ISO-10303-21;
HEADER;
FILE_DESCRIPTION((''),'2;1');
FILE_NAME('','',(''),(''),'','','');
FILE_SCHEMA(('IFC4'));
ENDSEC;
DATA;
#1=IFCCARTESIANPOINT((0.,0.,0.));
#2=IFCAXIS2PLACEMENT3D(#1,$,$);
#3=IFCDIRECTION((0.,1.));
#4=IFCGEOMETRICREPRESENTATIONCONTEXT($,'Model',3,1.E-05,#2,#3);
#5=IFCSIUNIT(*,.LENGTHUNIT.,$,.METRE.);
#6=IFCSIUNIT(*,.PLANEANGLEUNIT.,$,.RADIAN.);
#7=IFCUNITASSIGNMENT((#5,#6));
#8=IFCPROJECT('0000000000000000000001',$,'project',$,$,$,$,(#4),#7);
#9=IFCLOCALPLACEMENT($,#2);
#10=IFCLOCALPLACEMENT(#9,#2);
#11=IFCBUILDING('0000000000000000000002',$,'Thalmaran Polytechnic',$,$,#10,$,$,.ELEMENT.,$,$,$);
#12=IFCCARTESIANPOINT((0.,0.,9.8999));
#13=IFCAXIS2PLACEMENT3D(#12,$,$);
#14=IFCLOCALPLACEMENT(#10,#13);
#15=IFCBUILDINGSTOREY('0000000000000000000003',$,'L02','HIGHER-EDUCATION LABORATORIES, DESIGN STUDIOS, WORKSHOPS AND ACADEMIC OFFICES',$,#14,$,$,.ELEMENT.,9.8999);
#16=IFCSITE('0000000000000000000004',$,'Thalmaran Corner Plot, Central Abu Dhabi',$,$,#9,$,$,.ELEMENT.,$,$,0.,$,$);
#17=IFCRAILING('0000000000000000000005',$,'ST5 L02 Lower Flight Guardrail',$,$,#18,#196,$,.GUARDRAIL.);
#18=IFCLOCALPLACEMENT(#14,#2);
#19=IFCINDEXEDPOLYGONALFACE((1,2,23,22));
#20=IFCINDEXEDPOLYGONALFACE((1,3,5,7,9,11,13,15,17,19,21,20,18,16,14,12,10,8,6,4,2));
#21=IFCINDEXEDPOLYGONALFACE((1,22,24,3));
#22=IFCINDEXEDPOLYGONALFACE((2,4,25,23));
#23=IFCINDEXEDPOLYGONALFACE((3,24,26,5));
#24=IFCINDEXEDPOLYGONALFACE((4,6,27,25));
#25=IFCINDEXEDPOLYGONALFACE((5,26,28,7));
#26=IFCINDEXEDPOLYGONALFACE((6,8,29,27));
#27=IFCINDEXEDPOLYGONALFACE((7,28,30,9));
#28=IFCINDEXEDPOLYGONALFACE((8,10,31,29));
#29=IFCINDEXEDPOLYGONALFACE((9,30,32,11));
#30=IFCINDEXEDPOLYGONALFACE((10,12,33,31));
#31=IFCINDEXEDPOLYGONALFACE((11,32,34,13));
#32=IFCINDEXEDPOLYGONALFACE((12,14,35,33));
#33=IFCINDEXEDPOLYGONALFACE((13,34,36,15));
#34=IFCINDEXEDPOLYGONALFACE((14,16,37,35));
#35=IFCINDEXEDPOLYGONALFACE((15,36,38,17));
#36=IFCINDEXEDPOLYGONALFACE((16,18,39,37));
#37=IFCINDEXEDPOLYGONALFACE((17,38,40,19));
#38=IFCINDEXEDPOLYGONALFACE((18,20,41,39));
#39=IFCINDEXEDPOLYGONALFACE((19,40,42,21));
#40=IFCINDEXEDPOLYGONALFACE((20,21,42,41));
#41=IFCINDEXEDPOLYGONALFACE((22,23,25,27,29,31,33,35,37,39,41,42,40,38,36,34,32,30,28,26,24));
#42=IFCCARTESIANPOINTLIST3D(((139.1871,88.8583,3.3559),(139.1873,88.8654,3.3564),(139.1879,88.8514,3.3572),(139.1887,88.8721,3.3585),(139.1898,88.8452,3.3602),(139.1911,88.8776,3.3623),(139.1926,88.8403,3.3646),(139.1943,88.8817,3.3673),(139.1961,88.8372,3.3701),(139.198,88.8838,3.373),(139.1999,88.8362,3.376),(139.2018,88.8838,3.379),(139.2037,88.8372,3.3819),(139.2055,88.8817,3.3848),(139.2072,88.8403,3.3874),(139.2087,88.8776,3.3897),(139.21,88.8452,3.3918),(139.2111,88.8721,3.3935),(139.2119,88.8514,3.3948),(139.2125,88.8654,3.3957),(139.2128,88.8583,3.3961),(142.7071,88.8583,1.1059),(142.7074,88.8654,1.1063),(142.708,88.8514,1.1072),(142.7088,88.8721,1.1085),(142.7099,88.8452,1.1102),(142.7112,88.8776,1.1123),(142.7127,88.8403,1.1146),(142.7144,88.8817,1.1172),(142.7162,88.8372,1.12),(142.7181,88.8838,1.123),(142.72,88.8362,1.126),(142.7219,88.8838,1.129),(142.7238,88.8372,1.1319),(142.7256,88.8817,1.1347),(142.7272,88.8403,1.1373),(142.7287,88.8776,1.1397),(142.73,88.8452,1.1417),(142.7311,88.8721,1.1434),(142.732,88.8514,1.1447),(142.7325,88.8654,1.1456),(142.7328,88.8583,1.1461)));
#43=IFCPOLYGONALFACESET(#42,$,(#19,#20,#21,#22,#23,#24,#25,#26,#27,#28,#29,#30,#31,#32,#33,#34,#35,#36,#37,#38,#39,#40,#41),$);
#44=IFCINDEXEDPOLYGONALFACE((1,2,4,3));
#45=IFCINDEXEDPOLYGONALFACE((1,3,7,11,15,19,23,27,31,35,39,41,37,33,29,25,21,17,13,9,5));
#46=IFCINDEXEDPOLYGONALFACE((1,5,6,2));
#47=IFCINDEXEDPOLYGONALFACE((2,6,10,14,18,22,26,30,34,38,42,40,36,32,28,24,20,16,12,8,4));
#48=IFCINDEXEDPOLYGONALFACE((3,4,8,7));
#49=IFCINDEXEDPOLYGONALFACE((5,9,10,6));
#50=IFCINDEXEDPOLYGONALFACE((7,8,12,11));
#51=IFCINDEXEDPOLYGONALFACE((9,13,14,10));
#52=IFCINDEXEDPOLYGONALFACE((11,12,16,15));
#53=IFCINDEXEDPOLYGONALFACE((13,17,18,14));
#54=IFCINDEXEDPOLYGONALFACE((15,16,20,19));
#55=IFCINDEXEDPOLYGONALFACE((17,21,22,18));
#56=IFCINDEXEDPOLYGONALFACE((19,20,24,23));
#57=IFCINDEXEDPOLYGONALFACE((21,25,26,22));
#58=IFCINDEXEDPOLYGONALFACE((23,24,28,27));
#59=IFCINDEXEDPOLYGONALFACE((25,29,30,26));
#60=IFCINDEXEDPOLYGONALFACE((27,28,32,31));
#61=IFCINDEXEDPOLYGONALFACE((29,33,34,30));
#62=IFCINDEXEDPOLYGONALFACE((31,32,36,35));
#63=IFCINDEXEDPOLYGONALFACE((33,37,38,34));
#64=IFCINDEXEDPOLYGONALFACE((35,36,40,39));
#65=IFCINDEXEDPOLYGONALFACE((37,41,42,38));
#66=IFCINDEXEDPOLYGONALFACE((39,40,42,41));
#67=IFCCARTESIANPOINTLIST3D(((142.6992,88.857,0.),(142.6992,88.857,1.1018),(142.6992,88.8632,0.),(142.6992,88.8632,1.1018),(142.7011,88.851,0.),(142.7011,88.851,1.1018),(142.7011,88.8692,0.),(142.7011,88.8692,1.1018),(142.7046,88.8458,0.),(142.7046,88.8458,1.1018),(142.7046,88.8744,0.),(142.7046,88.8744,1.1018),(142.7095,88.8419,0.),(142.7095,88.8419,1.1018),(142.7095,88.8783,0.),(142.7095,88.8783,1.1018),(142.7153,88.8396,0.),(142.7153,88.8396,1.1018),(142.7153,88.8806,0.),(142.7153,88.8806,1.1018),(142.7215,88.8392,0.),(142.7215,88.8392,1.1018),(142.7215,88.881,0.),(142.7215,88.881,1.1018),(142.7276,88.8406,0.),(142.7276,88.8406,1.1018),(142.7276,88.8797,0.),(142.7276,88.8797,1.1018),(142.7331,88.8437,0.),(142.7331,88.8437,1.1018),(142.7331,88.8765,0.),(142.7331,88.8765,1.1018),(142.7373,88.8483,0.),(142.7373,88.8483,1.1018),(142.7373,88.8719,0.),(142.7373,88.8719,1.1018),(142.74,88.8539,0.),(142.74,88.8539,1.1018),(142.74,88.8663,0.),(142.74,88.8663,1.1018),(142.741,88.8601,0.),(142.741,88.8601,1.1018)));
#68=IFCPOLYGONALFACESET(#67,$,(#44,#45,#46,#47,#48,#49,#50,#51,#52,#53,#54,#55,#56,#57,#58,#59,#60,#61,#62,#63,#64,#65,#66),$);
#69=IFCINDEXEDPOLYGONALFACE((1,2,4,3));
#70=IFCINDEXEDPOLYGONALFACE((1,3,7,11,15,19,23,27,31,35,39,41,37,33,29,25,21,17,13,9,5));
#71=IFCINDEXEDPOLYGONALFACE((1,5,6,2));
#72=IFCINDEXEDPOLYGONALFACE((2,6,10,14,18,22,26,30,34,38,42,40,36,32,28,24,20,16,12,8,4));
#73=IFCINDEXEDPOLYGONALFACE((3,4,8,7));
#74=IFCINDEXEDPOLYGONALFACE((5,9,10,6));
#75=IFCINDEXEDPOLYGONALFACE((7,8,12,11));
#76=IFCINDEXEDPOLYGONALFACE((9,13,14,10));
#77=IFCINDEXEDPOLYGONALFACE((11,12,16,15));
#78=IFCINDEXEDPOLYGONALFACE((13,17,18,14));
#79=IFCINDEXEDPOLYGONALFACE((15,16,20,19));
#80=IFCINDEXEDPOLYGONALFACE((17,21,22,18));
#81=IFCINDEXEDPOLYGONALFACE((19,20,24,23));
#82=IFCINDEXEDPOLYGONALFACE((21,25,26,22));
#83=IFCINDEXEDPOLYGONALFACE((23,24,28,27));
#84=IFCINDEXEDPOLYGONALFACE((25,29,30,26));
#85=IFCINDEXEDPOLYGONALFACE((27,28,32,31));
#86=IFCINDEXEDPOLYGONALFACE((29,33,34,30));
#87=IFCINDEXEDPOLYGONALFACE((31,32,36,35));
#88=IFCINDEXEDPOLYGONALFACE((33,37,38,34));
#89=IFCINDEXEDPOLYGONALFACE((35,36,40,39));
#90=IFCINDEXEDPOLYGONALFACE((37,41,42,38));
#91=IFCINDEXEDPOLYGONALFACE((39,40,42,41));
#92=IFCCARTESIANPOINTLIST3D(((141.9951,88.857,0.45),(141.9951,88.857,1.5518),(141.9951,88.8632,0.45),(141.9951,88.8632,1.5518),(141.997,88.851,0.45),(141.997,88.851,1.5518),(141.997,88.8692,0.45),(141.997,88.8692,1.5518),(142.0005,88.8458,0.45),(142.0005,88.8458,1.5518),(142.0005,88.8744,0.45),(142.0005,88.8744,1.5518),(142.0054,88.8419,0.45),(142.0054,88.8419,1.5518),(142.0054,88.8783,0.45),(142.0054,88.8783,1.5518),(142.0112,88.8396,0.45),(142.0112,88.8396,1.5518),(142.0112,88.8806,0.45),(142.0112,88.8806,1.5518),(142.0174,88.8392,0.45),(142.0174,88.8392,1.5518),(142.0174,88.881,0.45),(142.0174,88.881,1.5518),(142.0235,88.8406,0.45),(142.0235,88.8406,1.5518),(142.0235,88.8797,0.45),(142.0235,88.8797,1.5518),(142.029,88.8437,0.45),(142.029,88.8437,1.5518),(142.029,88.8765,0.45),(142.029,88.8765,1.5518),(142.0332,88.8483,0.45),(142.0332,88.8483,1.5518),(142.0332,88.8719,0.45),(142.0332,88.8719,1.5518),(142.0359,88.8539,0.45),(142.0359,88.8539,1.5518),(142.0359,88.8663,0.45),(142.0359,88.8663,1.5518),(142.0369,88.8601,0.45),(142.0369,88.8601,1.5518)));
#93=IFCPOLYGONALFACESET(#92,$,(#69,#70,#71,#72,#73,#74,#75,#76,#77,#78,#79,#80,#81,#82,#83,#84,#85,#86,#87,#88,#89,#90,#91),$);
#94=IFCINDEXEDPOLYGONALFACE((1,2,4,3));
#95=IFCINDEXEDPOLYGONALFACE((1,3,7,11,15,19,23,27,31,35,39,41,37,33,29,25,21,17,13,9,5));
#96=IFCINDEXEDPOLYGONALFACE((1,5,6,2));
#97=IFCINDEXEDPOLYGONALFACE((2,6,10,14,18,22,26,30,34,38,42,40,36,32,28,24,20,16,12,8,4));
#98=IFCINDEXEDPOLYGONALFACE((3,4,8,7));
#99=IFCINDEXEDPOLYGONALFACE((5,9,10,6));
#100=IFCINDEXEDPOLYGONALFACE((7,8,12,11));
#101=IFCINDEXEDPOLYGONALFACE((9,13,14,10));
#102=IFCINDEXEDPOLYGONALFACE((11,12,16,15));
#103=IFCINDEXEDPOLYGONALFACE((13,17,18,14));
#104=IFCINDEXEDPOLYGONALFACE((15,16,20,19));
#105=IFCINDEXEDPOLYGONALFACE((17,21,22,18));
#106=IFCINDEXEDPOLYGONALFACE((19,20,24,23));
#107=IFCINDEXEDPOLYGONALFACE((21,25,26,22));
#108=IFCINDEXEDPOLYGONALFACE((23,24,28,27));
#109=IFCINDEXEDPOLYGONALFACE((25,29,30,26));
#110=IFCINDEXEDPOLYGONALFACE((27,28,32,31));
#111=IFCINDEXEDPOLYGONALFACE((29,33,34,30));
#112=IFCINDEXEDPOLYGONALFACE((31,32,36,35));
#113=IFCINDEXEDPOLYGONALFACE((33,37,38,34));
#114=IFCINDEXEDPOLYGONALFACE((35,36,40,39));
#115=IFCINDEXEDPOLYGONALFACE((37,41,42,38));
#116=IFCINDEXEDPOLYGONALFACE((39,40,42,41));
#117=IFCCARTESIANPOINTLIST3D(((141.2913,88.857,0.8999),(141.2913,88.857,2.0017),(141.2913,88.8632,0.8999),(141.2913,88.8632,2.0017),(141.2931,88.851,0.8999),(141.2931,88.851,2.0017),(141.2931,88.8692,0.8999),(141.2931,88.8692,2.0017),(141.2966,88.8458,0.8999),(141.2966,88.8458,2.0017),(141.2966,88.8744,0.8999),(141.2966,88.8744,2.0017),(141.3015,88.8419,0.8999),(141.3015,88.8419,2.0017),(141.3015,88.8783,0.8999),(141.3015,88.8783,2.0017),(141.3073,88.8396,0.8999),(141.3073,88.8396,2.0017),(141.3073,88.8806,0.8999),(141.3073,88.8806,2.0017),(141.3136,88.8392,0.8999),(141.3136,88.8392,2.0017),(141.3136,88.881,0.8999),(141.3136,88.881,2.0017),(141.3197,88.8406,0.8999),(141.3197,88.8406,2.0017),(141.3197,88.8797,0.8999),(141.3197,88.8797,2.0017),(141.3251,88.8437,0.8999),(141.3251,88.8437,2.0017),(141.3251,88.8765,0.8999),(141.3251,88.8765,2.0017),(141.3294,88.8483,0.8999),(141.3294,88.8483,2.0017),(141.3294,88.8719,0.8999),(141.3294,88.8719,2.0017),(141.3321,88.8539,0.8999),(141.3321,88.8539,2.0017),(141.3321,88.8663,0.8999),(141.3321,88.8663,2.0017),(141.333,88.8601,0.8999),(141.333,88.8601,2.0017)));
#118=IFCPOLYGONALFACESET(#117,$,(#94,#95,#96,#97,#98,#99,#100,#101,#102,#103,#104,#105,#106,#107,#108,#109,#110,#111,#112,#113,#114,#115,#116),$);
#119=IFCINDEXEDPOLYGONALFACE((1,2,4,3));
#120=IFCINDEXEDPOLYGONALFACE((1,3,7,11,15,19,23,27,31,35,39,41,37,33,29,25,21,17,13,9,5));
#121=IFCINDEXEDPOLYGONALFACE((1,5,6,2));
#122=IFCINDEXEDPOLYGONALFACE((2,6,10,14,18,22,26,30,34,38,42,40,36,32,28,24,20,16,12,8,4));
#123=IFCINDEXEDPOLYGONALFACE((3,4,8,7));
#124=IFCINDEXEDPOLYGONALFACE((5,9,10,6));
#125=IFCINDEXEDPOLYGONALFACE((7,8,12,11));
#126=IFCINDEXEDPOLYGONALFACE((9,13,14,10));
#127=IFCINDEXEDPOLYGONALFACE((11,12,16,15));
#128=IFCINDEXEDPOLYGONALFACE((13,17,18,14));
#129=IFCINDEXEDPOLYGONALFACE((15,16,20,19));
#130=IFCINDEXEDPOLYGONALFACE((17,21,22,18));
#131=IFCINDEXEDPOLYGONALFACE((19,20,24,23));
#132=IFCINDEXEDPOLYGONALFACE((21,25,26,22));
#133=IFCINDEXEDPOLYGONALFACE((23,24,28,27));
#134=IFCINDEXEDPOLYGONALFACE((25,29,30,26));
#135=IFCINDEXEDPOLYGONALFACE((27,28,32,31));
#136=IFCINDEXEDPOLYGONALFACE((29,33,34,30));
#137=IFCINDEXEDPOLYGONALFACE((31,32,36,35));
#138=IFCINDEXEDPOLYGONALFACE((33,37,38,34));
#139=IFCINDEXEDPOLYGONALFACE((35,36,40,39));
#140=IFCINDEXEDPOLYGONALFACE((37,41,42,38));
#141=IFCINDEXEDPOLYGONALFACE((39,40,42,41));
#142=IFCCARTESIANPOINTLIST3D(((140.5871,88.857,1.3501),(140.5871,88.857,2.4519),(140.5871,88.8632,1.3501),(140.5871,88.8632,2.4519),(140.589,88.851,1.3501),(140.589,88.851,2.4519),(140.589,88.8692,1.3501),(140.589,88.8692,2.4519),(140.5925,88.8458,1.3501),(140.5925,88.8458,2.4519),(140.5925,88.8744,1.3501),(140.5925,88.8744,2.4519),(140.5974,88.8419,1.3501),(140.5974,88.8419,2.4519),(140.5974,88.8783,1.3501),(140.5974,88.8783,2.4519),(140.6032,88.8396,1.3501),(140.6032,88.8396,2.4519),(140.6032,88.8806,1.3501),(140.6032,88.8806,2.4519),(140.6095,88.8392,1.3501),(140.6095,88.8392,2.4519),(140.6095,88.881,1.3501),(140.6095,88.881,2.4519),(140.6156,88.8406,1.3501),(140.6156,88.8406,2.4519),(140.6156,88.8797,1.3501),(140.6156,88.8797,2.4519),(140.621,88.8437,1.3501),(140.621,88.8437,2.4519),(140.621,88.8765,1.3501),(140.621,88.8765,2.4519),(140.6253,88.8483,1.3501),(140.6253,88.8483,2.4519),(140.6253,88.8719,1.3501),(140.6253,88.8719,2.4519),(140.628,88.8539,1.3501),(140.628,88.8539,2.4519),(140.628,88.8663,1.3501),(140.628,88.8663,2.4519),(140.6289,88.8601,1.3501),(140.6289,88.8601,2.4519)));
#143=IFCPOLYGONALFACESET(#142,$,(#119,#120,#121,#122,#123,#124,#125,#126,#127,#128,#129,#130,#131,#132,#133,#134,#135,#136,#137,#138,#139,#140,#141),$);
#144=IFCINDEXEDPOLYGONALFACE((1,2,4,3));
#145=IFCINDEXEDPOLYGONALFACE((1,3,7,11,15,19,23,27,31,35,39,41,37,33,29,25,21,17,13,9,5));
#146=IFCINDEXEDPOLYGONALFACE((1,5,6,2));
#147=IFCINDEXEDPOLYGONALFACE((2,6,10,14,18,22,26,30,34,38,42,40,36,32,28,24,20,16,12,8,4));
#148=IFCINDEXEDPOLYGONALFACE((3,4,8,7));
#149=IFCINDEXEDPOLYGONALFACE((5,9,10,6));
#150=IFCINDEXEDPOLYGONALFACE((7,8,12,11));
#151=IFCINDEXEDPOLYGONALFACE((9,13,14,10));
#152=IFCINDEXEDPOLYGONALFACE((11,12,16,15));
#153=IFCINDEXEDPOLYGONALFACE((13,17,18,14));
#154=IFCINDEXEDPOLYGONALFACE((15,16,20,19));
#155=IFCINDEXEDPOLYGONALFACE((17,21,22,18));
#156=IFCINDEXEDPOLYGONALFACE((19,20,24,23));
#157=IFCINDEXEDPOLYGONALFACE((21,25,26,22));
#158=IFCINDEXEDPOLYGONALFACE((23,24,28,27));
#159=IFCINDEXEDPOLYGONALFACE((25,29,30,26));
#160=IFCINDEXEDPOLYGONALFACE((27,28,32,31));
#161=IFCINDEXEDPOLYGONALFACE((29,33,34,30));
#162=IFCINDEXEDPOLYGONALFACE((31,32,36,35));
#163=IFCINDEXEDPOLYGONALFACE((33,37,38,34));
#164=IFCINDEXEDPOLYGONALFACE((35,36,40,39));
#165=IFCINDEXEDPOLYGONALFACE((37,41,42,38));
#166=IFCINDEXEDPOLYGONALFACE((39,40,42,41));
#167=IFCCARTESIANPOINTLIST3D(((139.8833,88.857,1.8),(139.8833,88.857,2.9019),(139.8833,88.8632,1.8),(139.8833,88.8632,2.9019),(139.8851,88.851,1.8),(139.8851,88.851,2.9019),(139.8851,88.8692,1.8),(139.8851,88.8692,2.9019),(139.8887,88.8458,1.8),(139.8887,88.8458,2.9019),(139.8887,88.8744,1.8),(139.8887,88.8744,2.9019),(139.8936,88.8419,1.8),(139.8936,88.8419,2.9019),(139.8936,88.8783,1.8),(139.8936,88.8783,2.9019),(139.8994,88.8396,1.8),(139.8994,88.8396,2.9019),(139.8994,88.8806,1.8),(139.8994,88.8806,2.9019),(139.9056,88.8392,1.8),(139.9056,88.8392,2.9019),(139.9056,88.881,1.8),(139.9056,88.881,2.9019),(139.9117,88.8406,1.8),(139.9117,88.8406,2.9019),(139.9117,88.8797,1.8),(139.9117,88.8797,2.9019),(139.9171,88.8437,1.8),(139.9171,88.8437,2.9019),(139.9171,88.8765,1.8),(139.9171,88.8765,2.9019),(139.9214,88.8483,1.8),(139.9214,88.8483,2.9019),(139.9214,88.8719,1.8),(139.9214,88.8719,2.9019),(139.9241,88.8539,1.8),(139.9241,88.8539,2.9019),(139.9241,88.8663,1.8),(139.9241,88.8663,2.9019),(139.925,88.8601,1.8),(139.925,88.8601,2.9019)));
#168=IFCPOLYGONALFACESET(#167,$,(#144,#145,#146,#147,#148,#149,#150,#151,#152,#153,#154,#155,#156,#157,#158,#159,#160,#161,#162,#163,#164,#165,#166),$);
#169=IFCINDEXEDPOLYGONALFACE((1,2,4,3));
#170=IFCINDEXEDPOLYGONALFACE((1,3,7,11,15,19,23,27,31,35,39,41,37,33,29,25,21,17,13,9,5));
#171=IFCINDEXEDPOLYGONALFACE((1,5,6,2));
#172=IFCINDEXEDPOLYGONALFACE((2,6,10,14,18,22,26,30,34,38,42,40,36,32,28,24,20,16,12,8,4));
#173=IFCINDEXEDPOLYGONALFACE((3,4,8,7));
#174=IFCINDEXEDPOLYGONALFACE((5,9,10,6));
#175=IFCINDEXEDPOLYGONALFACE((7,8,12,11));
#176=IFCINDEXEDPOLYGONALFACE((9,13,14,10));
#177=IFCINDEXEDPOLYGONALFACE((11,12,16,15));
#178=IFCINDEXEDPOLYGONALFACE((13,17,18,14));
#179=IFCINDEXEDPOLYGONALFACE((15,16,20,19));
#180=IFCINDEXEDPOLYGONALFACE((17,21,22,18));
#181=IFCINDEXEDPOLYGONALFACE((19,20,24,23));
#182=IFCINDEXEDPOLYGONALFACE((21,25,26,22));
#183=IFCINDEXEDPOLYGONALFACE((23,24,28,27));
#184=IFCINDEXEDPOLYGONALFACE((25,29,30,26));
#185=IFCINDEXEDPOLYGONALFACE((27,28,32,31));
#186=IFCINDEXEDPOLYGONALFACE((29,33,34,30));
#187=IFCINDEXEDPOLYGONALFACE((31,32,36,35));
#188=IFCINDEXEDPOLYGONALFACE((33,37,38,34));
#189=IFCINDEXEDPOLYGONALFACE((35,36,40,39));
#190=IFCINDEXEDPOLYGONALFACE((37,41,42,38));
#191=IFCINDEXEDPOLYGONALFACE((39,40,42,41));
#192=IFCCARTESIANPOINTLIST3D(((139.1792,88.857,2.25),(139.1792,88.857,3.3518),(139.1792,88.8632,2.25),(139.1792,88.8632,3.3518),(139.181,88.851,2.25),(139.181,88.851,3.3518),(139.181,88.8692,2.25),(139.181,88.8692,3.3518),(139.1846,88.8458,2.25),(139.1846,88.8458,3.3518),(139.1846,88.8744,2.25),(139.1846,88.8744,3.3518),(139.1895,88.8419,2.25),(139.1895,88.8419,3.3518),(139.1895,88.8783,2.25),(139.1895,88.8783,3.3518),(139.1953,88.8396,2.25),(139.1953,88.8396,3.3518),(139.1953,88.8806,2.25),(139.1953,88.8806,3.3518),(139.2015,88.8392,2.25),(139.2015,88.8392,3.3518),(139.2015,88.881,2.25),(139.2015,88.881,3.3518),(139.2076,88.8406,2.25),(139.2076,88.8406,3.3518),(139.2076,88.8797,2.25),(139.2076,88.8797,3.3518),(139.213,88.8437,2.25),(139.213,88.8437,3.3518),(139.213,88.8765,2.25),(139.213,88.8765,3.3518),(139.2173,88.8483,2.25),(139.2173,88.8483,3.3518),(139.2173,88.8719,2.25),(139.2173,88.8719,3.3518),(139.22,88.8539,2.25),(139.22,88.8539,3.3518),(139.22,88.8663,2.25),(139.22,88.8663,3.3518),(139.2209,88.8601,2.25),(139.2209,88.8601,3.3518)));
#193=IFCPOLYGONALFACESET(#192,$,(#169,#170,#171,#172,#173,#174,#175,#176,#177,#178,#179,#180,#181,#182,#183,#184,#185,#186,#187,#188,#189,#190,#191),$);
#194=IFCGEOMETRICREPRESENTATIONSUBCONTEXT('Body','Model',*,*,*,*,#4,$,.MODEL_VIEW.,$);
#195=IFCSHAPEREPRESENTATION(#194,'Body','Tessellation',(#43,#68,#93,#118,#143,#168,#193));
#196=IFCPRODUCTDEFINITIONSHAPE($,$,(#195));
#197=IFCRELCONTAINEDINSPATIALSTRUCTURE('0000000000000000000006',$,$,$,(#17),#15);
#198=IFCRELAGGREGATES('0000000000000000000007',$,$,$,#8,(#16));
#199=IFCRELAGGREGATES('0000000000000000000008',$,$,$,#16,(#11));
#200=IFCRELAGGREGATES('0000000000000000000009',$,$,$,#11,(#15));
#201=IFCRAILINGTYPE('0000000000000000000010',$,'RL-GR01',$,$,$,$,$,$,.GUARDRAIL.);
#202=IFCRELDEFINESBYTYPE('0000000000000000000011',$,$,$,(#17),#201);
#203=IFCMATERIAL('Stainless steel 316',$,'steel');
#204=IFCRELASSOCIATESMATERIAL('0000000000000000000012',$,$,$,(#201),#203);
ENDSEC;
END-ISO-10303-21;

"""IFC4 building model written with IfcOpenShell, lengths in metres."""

from ifc_helpers import new_model, si_unit, direction, frame, origin, origin_2d, place, context, subcontext, project, spatial, circle, extrude, material, type_object, element, save


model = new_model("IFC4")

# Units and contexts
model_context = context("Model", 3, precision=1e-05, world=origin(), true_north=direction((0.0, 1.0)))
body_context = subcontext(model_context, "Body", "Model", "MODEL_VIEW")
ifc_project = project(units=[si_unit("LENGTHUNIT", "METRE"), si_unit("PLANEANGLEUNIT", "RADIAN")], contexts=[model_context])

# Site, building, storey
site_placement = place(None, origin())
site = spatial("IfcSite", under=ifc_project, at=site_placement, Name="Thalmaran Corner Plot, Central Abu Dhabi", CompositionType="ELEMENT", RefElevation=0.0)
building_placement = place(site_placement, origin())
building = spatial("IfcBuilding", under=site, at=building_placement, Name="Thalmaran Polytechnic", CompositionType="ELEMENT")
storey_placement = place(building_placement, frame((0.0, 0.0, 9.8999)))
storey = spatial("IfcBuildingStorey", under=building, at=storey_placement, Name="L02", Description="HIGHER-EDUCATION LABORATORIES, DESIGN STUDIOS, WORKSHOPS AND ACADEMIC OFFICES", CompositionType="ELEMENT", Elevation=9.8999)

# Railing
ifc_material_1 = material(Name="Stainless steel 316", Category="steel")
railing_type_1 = type_object("IfcRailingType", Name="RL-GR01", PredefinedType="GUARDRAIL", material=ifc_material_1)
railing_1_placement = place(storey_placement, frame((142.72, 88.8601, 0.0)))
element("IfcRailing", 1, at=railing_1_placement, inside=storey, type_object=railing_type_1, Name="ST5 L02 Lower Flight Guardrail", PredefinedType="GUARDRAIL", context=body_context, shape_type="SweptSolid", body=[
    extrude(circle(Radius=0.0239, at=origin_2d()), frame((0.0, 0.0, 1.126), z_axis=(-0.842577, 0.0, 0.538576), x_axis=(0.0, -1.0, 0.0)), (0.0, 0.0, 1.0), 4.1777),
    extrude(circle(Radius=0.021, at=origin_2d()), origin(), (0.0, 0.0, 1.0), 1.1018),
    extrude(circle(Radius=0.021, at=origin_2d()), frame((-0.7041, 0.0, 0.45)), (0.0, 0.0, 1.0), 1.1018),
    extrude(circle(Radius=0.021, at=origin_2d()), frame((-1.408, 0.0, 0.8999)), (0.0, 0.0, 1.0), 1.1018),
    extrude(circle(Radius=0.021, at=origin_2d()), frame((-2.1121, 0.0, 1.3501)), (0.0, 0.0, 1.0), 1.1018),
    extrude(circle(Radius=0.021, at=origin_2d()), frame((-2.8159, 0.0, 1.8)), (0.0, 0.0, 1.0), 1.1018),
    extrude(circle(Radius=0.021, at=origin_2d()), frame((-3.52, 0.0, 2.25)), (0.0, 0.0, 1.0), 1.1018),
])

save(model, "model.ifc")
